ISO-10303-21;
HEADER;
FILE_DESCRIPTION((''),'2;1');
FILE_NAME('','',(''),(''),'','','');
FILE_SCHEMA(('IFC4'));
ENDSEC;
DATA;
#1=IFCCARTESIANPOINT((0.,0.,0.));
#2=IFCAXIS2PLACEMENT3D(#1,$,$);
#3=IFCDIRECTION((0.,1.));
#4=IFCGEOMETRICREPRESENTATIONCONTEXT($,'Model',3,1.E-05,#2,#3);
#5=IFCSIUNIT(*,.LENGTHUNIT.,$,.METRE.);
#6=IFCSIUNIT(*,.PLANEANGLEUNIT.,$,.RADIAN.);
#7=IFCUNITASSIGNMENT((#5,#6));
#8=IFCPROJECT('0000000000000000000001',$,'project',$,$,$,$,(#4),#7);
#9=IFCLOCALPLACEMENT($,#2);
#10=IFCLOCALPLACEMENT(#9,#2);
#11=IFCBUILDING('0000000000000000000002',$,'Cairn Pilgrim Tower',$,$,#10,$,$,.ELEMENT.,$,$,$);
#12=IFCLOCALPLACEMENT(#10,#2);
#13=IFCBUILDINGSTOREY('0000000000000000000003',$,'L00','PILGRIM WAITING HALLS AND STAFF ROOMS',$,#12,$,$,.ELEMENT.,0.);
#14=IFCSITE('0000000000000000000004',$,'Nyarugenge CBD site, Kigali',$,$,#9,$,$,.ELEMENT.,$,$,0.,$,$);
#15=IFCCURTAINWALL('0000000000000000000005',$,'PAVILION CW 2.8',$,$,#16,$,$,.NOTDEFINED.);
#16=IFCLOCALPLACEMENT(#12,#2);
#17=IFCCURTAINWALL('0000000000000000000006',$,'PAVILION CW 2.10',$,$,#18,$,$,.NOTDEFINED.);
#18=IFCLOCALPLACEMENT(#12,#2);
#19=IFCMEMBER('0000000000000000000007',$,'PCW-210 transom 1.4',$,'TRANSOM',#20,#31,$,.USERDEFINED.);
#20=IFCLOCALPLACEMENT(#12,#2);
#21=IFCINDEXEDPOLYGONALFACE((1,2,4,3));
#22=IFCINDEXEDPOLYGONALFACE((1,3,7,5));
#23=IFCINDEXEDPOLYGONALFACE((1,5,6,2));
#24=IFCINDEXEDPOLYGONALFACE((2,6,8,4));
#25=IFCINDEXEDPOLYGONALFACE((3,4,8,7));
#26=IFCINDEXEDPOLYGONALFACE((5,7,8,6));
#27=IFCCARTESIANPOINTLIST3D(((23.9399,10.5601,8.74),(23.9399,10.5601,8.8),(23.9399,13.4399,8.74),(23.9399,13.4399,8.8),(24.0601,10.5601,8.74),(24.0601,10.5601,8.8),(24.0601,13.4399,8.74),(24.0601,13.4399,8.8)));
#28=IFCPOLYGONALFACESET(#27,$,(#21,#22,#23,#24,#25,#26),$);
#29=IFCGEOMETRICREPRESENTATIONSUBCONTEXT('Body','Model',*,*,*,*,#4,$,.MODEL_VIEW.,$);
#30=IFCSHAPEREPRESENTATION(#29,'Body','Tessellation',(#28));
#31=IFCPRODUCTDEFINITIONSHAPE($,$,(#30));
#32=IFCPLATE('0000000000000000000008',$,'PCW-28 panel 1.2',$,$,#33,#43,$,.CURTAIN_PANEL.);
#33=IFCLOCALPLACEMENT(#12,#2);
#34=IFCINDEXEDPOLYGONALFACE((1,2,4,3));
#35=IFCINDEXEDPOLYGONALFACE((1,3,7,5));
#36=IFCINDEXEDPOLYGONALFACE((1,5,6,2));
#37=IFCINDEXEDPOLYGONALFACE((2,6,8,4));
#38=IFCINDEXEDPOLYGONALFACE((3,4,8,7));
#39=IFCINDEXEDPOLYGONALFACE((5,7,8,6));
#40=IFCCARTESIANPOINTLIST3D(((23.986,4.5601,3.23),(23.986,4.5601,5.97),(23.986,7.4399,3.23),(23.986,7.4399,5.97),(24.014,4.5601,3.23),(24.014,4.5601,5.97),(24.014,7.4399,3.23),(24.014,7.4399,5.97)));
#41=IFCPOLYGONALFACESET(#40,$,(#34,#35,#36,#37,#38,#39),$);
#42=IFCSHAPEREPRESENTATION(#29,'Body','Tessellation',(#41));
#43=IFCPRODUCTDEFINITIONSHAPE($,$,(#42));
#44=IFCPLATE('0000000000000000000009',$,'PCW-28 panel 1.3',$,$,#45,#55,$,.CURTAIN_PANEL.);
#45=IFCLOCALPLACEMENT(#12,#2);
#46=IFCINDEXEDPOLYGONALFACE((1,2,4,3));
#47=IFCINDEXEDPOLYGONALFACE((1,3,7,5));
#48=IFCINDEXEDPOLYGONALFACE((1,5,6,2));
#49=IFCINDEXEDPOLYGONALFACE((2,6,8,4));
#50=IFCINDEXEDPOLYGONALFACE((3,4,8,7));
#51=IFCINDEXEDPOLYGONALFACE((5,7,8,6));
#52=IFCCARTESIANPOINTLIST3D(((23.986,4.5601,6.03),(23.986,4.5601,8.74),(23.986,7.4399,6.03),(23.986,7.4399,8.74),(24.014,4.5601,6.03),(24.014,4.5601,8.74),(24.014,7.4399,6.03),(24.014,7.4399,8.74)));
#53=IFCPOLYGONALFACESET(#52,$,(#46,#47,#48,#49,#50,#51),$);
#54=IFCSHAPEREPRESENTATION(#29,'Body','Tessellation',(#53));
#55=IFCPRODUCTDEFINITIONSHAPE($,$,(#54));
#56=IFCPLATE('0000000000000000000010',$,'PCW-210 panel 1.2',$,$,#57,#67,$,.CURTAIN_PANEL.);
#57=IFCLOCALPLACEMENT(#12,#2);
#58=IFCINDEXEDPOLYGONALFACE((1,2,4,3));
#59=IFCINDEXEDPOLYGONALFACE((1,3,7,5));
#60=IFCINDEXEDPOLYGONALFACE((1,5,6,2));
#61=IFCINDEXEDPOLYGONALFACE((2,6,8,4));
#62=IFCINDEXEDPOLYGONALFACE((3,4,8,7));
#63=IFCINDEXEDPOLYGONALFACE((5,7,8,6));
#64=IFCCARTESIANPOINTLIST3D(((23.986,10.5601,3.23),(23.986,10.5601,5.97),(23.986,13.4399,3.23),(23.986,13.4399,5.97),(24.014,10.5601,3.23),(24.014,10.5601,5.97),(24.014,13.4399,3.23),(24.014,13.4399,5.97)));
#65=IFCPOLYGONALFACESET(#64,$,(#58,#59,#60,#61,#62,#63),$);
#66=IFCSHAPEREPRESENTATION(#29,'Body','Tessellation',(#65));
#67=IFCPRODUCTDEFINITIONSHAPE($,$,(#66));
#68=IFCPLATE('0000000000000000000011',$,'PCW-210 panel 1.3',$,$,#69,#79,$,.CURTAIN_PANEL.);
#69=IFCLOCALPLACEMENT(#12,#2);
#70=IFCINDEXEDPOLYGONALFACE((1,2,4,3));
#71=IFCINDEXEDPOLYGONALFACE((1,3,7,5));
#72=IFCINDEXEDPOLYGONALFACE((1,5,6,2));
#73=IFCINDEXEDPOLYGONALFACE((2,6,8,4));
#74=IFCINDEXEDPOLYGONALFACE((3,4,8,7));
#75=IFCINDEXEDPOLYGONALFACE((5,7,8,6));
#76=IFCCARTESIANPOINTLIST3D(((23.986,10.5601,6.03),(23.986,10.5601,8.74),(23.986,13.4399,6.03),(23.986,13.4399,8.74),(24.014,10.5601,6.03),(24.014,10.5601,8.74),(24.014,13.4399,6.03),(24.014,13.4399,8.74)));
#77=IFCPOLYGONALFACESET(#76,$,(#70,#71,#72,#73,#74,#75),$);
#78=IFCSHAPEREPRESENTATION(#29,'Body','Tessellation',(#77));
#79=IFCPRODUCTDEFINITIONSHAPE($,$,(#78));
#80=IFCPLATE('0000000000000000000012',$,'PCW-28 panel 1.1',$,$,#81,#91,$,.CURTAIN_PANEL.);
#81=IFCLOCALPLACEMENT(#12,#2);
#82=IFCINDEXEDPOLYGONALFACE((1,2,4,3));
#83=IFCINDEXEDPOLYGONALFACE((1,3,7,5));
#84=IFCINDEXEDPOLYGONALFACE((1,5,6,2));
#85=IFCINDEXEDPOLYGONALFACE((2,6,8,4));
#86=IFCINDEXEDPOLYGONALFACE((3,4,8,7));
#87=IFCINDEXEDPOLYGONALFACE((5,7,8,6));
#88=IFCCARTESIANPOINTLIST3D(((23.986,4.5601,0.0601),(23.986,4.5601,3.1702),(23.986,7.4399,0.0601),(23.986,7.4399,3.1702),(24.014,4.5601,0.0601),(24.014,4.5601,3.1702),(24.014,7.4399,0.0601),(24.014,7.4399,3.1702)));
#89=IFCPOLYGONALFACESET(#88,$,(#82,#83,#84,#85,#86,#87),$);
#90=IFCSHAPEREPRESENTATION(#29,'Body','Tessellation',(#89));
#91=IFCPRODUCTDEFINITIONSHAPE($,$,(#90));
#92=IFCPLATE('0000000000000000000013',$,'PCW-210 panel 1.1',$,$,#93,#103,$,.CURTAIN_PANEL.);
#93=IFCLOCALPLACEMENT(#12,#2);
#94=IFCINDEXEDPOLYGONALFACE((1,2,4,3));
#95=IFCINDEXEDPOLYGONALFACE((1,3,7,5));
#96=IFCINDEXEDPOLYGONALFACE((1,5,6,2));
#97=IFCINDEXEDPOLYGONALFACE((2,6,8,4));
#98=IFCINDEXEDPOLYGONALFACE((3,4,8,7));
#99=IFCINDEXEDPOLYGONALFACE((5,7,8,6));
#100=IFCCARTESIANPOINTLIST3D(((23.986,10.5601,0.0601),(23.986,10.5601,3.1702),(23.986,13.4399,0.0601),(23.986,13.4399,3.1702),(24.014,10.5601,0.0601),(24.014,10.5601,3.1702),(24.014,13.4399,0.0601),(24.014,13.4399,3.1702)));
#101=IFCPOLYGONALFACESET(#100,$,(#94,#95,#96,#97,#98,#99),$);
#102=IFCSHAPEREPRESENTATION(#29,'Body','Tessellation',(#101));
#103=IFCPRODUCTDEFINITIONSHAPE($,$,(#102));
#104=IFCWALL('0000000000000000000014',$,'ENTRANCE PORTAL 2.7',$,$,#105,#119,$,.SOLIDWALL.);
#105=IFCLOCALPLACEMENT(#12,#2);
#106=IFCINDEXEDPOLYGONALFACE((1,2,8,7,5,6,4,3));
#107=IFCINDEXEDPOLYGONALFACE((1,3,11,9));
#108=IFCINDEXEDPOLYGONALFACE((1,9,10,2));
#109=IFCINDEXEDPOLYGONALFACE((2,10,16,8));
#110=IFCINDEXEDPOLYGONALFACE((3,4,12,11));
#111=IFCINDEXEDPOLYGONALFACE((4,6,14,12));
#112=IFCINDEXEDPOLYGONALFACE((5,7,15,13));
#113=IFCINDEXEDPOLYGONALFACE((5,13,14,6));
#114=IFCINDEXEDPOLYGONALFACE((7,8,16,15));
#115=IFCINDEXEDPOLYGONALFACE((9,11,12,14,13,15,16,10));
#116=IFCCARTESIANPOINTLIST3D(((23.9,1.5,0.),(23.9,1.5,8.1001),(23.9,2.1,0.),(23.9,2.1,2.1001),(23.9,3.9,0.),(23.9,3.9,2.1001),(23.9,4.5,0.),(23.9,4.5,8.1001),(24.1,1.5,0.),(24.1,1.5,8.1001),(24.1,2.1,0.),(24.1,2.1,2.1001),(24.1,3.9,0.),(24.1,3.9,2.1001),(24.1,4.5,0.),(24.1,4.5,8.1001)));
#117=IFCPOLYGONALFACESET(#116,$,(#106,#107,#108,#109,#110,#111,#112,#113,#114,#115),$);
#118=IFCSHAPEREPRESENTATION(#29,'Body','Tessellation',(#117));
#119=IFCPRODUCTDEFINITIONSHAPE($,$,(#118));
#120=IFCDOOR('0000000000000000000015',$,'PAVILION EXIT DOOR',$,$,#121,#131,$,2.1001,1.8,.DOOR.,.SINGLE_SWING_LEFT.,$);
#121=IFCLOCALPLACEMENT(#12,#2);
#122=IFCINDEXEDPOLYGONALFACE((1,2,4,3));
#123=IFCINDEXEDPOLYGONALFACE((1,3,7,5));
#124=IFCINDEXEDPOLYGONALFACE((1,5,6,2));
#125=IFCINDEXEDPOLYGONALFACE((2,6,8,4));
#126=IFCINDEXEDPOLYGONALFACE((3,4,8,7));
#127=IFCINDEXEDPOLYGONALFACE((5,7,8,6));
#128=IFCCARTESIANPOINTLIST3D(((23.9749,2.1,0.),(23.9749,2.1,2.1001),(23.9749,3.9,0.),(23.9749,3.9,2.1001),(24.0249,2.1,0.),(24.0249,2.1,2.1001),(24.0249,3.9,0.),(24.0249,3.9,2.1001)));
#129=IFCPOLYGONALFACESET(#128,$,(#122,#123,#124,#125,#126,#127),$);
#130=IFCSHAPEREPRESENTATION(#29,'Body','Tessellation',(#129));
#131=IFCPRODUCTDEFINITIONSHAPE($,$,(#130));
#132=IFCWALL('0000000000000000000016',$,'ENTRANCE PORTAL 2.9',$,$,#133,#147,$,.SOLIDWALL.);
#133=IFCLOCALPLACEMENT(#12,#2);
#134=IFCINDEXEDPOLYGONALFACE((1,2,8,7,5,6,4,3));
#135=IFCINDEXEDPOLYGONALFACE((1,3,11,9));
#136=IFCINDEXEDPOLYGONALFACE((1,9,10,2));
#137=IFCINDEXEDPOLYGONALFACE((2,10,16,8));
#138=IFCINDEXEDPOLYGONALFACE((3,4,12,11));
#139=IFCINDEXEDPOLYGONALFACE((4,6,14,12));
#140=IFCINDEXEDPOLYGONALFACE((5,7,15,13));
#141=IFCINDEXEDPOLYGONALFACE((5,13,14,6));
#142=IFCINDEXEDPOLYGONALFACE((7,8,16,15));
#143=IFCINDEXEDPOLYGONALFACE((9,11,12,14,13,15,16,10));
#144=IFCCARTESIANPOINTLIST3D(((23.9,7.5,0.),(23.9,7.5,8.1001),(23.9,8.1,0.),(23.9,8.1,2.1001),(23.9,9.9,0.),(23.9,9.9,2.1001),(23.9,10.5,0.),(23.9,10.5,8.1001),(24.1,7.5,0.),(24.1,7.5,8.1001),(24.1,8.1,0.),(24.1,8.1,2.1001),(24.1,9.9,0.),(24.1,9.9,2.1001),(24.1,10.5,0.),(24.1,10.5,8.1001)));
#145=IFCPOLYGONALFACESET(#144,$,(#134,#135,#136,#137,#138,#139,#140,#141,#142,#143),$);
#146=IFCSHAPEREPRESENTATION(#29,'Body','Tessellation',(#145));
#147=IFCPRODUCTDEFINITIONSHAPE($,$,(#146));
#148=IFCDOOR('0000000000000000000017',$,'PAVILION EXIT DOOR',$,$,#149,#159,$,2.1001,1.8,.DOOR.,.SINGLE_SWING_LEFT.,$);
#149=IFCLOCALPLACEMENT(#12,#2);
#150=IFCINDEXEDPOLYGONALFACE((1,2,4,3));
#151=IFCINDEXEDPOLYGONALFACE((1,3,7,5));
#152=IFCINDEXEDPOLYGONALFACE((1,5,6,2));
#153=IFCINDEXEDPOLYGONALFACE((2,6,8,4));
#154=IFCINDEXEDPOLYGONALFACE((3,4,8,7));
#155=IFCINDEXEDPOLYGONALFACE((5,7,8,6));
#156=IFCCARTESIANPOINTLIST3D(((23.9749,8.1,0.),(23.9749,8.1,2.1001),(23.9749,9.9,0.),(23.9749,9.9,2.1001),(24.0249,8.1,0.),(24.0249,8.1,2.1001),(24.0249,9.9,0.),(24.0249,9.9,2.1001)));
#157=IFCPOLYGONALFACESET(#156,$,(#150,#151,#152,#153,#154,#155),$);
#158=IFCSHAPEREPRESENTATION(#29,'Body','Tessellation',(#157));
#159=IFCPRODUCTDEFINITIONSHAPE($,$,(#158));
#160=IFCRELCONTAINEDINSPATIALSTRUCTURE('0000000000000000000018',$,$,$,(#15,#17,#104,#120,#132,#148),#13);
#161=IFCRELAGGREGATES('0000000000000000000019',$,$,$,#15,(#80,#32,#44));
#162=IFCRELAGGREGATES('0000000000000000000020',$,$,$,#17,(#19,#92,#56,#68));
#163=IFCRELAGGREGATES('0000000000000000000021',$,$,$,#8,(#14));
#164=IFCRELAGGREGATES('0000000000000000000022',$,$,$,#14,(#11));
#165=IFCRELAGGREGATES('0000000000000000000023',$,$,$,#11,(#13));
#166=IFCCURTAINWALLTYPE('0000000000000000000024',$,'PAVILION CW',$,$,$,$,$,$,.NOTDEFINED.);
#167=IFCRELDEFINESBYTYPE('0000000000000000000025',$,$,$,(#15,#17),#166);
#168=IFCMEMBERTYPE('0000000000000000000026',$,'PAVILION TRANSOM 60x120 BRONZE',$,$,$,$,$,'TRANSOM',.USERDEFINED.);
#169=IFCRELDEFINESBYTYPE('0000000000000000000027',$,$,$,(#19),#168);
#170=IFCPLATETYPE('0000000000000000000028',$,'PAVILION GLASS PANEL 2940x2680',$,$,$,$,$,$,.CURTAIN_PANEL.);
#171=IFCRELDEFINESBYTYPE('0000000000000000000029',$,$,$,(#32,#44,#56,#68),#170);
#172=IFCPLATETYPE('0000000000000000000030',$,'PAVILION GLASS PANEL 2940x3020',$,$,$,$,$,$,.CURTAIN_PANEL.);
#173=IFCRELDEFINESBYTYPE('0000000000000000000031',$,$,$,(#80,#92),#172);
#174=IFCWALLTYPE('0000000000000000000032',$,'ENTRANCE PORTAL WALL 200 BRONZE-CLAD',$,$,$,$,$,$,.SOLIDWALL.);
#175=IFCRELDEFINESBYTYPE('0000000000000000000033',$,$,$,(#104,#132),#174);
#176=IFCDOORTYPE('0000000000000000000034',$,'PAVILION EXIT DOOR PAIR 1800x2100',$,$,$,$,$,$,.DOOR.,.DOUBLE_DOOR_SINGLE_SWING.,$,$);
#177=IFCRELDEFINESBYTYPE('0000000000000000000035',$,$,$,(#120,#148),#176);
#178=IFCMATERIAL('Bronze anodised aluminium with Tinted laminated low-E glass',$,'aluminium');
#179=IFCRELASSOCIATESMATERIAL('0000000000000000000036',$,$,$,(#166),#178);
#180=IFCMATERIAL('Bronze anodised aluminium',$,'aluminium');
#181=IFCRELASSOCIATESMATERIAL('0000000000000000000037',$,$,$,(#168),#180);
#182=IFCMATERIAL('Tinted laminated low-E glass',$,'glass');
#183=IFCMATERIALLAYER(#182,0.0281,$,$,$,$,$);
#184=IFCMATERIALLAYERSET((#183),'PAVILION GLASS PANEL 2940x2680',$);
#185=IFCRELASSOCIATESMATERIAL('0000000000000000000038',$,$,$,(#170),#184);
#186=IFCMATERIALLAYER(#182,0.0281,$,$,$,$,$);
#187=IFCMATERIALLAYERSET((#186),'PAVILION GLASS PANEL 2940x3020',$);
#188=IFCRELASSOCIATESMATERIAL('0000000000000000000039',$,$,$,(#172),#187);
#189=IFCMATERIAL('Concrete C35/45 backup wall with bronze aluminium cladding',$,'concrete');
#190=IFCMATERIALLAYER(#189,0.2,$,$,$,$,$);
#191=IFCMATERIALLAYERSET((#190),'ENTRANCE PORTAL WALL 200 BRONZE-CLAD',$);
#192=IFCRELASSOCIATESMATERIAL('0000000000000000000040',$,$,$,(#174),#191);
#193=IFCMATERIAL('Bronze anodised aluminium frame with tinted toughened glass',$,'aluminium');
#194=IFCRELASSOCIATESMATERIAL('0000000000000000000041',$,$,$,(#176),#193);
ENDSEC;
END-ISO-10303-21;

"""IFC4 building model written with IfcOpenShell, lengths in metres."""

from ifc_helpers import new_model, si_unit, direction, frame, frame_2d, origin, origin_2d, place, context, subcontext, project, spatial, rectangle, extrude, material, layer, layer_set, material_profile, profile_set, type_object, element, fill, aggregate, save


model = new_model("IFC4")

# Units and contexts
model_context = context("Model", 3, precision=1e-05, world=origin(), true_north=direction((0.0, 1.0)))
body_context = subcontext(model_context, "Body", "Model", "MODEL_VIEW")
ifc_project = project(units=[si_unit("LENGTHUNIT", "METRE"), si_unit("PLANEANGLEUNIT", "RADIAN")], contexts=[model_context])

# Site, building, storey
site_placement = place(None, origin())
site = spatial("IfcSite", under=ifc_project, at=site_placement, Name="Nyarugenge CBD site, Kigali", CompositionType="ELEMENT", RefElevation=0.0)
building_placement = place(site_placement, origin())
building = spatial("IfcBuilding", under=site, at=building_placement, Name="Cairn Pilgrim Tower", CompositionType="ELEMENT")
storey_placement = place(building_placement, origin())
storey = spatial("IfcBuildingStorey", under=building, at=storey_placement, Name="L00", Description="PILGRIM WAITING HALLS AND STAFF ROOMS", CompositionType="ELEMENT", Elevation=0.0)

# Shared definitions
ifc_material_1 = material(Name="Bronze anodised aluminium with Tinted laminated low-E glass", Category="aluminium")
curtain_wall_type = type_object("IfcCurtainWallType", Name="PAVILION CW", PredefinedType="NOTDEFINED", material=ifc_material_1)
ifc_material_2 = material(Name="Bronze anodised aluminium", Category="aluminium")

# Curtain wall
curtain_wall_1_placement = place(storey_placement, origin())
curtain_wall_1 = element("IfcCurtainWall", 1, at=curtain_wall_1_placement, inside=storey, type_object=curtain_wall_type, Name="PAVILION CW 2.8", PredefinedType="NOTDEFINED")

# Curtain wall
curtain_wall_2_placement = place(storey_placement, origin())
curtain_wall_2 = element("IfcCurtainWall", 2, at=curtain_wall_2_placement, inside=storey, type_object=curtain_wall_type, Name="PAVILION CW 2.10", PredefinedType="NOTDEFINED")

# Member
ifc_material_profile_1 = material_profile(ifc_material_2, rectangle(XDim=0.1201, YDim=0.0601, at=origin_2d()), Name="PAVILION TRANSOM 60x120 BRONZE")
ifc_profile_set_1 = profile_set([ifc_material_profile_1], Name="Bronze anodised aluminium")
member_type_1 = type_object("IfcMemberType", Name="PAVILION TRANSOM 60x120 BRONZE", ElementType="TRANSOM", PredefinedType="USERDEFINED", material=ifc_profile_set_1)
member_1_placement = place(storey_placement, frame((24.0, 10.5601, 8.77), z_axis=(0.0, 1.0, 0.0), x_axis=(-1.0, 0.0, 0.0)))
member_1 = element("IfcMember", 3, at=member_1_placement, type_object=member_type_1, Name="PCW-210 transom 1.4", ObjectType="TRANSOM", PredefinedType="USERDEFINED", context=body_context, shape_type="SweptSolid", body=[
    extrude(rectangle(XDim=0.1201, YDim=0.0601, at=origin_2d()), origin(), (0.0, 0.0, 1.0), 2.8799),
])

# Plates
ifc_material_3 = material(Name="Tinted laminated low-E glass", Category="glass")
ifc_layer_1 = layer(ifc_material_3, 0.0281)
ifc_layer_set_1 = layer_set([ifc_layer_1], Name="PAVILION GLASS PANEL 2940x2680")
plate_type_1 = type_object("IfcPlateType", Name="PAVILION GLASS PANEL 2940x2680", PredefinedType="CURTAIN_PANEL", material=ifc_layer_set_1)
plate_1_placement = place(storey_placement, frame((24.0, 6.0, 3.23), z_axis=(0.0, 0.0, 1.0), x_axis=(0.0, 1.0, 0.0)))
plate_1 = element("IfcPlate", 4, at=plate_1_placement, type_object=plate_type_1, Name="PCW-28 panel 1.2", PredefinedType="CURTAIN_PANEL", context=body_context, shape_type="SweptSolid", body=[
    extrude(rectangle(XDim=2.8799, YDim=0.0281, at=origin_2d()), origin(), (0.0, 0.0, 1.0), 2.74),
])
plate_2_placement = place(storey_placement, frame((24.0, 6.0, 6.03), z_axis=(0.0, 0.0, 1.0), x_axis=(0.0, 1.0, 0.0)))
plate_2 = element("IfcPlate", 5, at=plate_2_placement, type_object=plate_type_1, Name="PCW-28 panel 1.3", PredefinedType="CURTAIN_PANEL", context=body_context, shape_type="SweptSolid", body=[
    extrude(rectangle(XDim=2.8799, YDim=0.0281, at=origin_2d()), origin(), (0.0, 0.0, 1.0), 2.71),
])
plate_3_placement = place(storey_placement, frame((24.0, 12.0, 3.23), z_axis=(0.0, 0.0, 1.0), x_axis=(0.0, 1.0, 0.0)))
plate_3 = element("IfcPlate", 6, at=plate_3_placement, type_object=plate_type_1, Name="PCW-210 panel 1.2", PredefinedType="CURTAIN_PANEL", context=body_context, shape_type="SweptSolid", body=[
    extrude(rectangle(XDim=2.8799, YDim=0.0281, at=origin_2d()), origin(), (0.0, 0.0, 1.0), 2.74),
])
plate_4_placement = place(storey_placement, frame((24.0, 12.0, 6.03), z_axis=(0.0, 0.0, 1.0), x_axis=(0.0, 1.0, 0.0)))
plate_4 = element("IfcPlate", 7, at=plate_4_placement, type_object=plate_type_1, Name="PCW-210 panel 1.3", PredefinedType="CURTAIN_PANEL", context=body_context, shape_type="SweptSolid", body=[
    extrude(rectangle(XDim=2.8799, YDim=0.0281, at=origin_2d()), origin(), (0.0, 0.0, 1.0), 2.71),
])
ifc_layer_2 = layer(ifc_material_3, 0.0281)
ifc_layer_set_2 = layer_set([ifc_layer_2], Name="PAVILION GLASS PANEL 2940x3020")
plate_type_2 = type_object("IfcPlateType", Name="PAVILION GLASS PANEL 2940x3020", PredefinedType="CURTAIN_PANEL", material=ifc_layer_set_2)
plate_5_placement = place(storey_placement, frame((24.0, 6.0, 0.0601), z_axis=(0.0, 0.0, 1.0), x_axis=(0.0, 1.0, 0.0)))
plate_5 = element("IfcPlate", 8, at=plate_5_placement, type_object=plate_type_2, Name="PCW-28 panel 1.1", PredefinedType="CURTAIN_PANEL", context=body_context, shape_type="SweptSolid", body=[
    extrude(rectangle(XDim=2.8799, YDim=0.0281, at=origin_2d()), origin(), (0.0, 0.0, 1.0), 3.1101),
])
aggregate(curtain_wall_1, [plate_5, plate_1, plate_2])
plate_6_placement = place(storey_placement, frame((24.0, 12.0, 0.0601), z_axis=(0.0, 0.0, 1.0), x_axis=(0.0, 1.0, 0.0)))
plate_6 = element("IfcPlate", 9, at=plate_6_placement, type_object=plate_type_2, Name="PCW-210 panel 1.1", PredefinedType="CURTAIN_PANEL", context=body_context, shape_type="SweptSolid", body=[
    extrude(rectangle(XDim=2.8799, YDim=0.0281, at=origin_2d()), origin(), (0.0, 0.0, 1.0), 3.1101),
])
aggregate(curtain_wall_2, [member_1, plate_6, plate_3, plate_4])

# Walls, openings, doors
ifc_material_4 = material(Name="Concrete C35/45 backup wall with bronze aluminium cladding", Category="concrete")
ifc_layer_3 = layer(ifc_material_4, 0.2)
ifc_layer_set_3 = layer_set([ifc_layer_3], Name="ENTRANCE PORTAL WALL 200 BRONZE-CLAD")
wall_type_1 = type_object("IfcWallType", Name="ENTRANCE PORTAL WALL 200 BRONZE-CLAD", PredefinedType="SOLIDWALL", material=ifc_layer_set_3)
wall_1_placement = place(storey_placement, frame((24.0, 4.5, 0.0), z_axis=(0.0, 0.0, 1.0), x_axis=(0.0, -1.0, 0.0)))
wall_1 = element("IfcWall", 10, at=wall_1_placement, inside=storey, type_object=wall_type_1, Name="ENTRANCE PORTAL 2.7", PredefinedType="SOLIDWALL", context=body_context, shape_type="SweptSolid", body=[
    extrude(rectangle(XDim=3.0, YDim=0.2, at=frame_2d((1.5, 0.0))), origin(), (0.0, 0.0, 1.0), 8.1001),
])
opening_1_placement = place(wall_1_placement, frame((0.6001, 0.0, 0.0)))
opening_1 = element("IfcOpeningElement", 11, at=opening_1_placement, cuts=wall_1, PredefinedType="OPENING", context=body_context, shape_type="SweptSolid", body=[
    extrude(rectangle(XDim=1.8, YDim=2.1001, at=frame_2d((0.8999, 1.05))), frame((0.0, 0.1099, 0.0), z_axis=(0.0, -1.0, 0.0), x_axis=(1.0, 0.0, 0.0)), (0.0, 0.0, 1.0), 0.22),
])
ifc_material_5 = material(Name="Bronze anodised aluminium frame with tinted toughened glass", Category="aluminium")
door_type_1 = type_object("IfcDoorType", Name="PAVILION EXIT DOOR PAIR 1800x2100", OperationType="DOUBLE_DOOR_SINGLE_SWING", PredefinedType="DOOR", material=ifc_material_5)
door_1_placement = place(opening_1_placement, origin())
door_1 = element("IfcDoor", 12, at=door_1_placement, inside=storey, type_object=door_type_1, Name="PAVILION EXIT DOOR", OperationType="SINGLE_SWING_LEFT", OverallHeight=2.1001, OverallWidth=1.8, PredefinedType="DOOR", context=body_context, shape_type="SweptSolid", body=[
    extrude(rectangle(XDim=1.8, YDim=2.1001, at=frame_2d((0.8999, 1.05))), frame((0.0, 0.0249, 0.0), z_axis=(0.0, -1.0, 0.0), x_axis=(1.0, 0.0, 0.0)), (0.0, 0.0, 1.0), 0.05),
])
fill(opening_1, door_1)
wall_2_placement = place(storey_placement, frame((24.0, 10.5, 0.0), z_axis=(0.0, 0.0, 1.0), x_axis=(0.0, -1.0, 0.0)))
wall_2 = element("IfcWall", 13, at=wall_2_placement, inside=storey, type_object=wall_type_1, Name="ENTRANCE PORTAL 2.9", PredefinedType="SOLIDWALL", context=body_context, shape_type="SweptSolid", body=[
    extrude(rectangle(XDim=3.0, YDim=0.2, at=frame_2d((1.5, 0.0))), origin(), (0.0, 0.0, 1.0), 8.1001),
])
opening_2_placement = place(wall_2_placement, frame((0.6001, 0.0, 0.0)))
opening_2 = element("IfcOpeningElement", 14, at=opening_2_placement, cuts=wall_2, PredefinedType="OPENING", context=body_context, shape_type="SweptSolid", body=[
    extrude(rectangle(XDim=1.8, YDim=2.1001, at=frame_2d((0.8999, 1.05))), frame((0.0, 0.1099, 0.0), z_axis=(0.0, -1.0, 0.0), x_axis=(1.0, 0.0, 0.0)), (0.0, 0.0, 1.0), 0.22),
])
door_2_placement = place(opening_2_placement, origin())
door_2 = element("IfcDoor", 15, at=door_2_placement, inside=storey, type_object=door_type_1, Name="PAVILION EXIT DOOR", OperationType="SINGLE_SWING_LEFT", OverallHeight=2.1001, OverallWidth=1.8, PredefinedType="DOOR", context=body_context, shape_type="SweptSolid", body=[
    extrude(rectangle(XDim=1.8, YDim=2.1001, at=frame_2d((0.8999, 1.05))), frame((0.0, 0.0249, 0.0), z_axis=(0.0, -1.0, 0.0), x_axis=(1.0, 0.0, 0.0)), (0.0, 0.0, 1.0), 0.05),
])
fill(opening_2, door_2)

save(model, "model.ifc")
